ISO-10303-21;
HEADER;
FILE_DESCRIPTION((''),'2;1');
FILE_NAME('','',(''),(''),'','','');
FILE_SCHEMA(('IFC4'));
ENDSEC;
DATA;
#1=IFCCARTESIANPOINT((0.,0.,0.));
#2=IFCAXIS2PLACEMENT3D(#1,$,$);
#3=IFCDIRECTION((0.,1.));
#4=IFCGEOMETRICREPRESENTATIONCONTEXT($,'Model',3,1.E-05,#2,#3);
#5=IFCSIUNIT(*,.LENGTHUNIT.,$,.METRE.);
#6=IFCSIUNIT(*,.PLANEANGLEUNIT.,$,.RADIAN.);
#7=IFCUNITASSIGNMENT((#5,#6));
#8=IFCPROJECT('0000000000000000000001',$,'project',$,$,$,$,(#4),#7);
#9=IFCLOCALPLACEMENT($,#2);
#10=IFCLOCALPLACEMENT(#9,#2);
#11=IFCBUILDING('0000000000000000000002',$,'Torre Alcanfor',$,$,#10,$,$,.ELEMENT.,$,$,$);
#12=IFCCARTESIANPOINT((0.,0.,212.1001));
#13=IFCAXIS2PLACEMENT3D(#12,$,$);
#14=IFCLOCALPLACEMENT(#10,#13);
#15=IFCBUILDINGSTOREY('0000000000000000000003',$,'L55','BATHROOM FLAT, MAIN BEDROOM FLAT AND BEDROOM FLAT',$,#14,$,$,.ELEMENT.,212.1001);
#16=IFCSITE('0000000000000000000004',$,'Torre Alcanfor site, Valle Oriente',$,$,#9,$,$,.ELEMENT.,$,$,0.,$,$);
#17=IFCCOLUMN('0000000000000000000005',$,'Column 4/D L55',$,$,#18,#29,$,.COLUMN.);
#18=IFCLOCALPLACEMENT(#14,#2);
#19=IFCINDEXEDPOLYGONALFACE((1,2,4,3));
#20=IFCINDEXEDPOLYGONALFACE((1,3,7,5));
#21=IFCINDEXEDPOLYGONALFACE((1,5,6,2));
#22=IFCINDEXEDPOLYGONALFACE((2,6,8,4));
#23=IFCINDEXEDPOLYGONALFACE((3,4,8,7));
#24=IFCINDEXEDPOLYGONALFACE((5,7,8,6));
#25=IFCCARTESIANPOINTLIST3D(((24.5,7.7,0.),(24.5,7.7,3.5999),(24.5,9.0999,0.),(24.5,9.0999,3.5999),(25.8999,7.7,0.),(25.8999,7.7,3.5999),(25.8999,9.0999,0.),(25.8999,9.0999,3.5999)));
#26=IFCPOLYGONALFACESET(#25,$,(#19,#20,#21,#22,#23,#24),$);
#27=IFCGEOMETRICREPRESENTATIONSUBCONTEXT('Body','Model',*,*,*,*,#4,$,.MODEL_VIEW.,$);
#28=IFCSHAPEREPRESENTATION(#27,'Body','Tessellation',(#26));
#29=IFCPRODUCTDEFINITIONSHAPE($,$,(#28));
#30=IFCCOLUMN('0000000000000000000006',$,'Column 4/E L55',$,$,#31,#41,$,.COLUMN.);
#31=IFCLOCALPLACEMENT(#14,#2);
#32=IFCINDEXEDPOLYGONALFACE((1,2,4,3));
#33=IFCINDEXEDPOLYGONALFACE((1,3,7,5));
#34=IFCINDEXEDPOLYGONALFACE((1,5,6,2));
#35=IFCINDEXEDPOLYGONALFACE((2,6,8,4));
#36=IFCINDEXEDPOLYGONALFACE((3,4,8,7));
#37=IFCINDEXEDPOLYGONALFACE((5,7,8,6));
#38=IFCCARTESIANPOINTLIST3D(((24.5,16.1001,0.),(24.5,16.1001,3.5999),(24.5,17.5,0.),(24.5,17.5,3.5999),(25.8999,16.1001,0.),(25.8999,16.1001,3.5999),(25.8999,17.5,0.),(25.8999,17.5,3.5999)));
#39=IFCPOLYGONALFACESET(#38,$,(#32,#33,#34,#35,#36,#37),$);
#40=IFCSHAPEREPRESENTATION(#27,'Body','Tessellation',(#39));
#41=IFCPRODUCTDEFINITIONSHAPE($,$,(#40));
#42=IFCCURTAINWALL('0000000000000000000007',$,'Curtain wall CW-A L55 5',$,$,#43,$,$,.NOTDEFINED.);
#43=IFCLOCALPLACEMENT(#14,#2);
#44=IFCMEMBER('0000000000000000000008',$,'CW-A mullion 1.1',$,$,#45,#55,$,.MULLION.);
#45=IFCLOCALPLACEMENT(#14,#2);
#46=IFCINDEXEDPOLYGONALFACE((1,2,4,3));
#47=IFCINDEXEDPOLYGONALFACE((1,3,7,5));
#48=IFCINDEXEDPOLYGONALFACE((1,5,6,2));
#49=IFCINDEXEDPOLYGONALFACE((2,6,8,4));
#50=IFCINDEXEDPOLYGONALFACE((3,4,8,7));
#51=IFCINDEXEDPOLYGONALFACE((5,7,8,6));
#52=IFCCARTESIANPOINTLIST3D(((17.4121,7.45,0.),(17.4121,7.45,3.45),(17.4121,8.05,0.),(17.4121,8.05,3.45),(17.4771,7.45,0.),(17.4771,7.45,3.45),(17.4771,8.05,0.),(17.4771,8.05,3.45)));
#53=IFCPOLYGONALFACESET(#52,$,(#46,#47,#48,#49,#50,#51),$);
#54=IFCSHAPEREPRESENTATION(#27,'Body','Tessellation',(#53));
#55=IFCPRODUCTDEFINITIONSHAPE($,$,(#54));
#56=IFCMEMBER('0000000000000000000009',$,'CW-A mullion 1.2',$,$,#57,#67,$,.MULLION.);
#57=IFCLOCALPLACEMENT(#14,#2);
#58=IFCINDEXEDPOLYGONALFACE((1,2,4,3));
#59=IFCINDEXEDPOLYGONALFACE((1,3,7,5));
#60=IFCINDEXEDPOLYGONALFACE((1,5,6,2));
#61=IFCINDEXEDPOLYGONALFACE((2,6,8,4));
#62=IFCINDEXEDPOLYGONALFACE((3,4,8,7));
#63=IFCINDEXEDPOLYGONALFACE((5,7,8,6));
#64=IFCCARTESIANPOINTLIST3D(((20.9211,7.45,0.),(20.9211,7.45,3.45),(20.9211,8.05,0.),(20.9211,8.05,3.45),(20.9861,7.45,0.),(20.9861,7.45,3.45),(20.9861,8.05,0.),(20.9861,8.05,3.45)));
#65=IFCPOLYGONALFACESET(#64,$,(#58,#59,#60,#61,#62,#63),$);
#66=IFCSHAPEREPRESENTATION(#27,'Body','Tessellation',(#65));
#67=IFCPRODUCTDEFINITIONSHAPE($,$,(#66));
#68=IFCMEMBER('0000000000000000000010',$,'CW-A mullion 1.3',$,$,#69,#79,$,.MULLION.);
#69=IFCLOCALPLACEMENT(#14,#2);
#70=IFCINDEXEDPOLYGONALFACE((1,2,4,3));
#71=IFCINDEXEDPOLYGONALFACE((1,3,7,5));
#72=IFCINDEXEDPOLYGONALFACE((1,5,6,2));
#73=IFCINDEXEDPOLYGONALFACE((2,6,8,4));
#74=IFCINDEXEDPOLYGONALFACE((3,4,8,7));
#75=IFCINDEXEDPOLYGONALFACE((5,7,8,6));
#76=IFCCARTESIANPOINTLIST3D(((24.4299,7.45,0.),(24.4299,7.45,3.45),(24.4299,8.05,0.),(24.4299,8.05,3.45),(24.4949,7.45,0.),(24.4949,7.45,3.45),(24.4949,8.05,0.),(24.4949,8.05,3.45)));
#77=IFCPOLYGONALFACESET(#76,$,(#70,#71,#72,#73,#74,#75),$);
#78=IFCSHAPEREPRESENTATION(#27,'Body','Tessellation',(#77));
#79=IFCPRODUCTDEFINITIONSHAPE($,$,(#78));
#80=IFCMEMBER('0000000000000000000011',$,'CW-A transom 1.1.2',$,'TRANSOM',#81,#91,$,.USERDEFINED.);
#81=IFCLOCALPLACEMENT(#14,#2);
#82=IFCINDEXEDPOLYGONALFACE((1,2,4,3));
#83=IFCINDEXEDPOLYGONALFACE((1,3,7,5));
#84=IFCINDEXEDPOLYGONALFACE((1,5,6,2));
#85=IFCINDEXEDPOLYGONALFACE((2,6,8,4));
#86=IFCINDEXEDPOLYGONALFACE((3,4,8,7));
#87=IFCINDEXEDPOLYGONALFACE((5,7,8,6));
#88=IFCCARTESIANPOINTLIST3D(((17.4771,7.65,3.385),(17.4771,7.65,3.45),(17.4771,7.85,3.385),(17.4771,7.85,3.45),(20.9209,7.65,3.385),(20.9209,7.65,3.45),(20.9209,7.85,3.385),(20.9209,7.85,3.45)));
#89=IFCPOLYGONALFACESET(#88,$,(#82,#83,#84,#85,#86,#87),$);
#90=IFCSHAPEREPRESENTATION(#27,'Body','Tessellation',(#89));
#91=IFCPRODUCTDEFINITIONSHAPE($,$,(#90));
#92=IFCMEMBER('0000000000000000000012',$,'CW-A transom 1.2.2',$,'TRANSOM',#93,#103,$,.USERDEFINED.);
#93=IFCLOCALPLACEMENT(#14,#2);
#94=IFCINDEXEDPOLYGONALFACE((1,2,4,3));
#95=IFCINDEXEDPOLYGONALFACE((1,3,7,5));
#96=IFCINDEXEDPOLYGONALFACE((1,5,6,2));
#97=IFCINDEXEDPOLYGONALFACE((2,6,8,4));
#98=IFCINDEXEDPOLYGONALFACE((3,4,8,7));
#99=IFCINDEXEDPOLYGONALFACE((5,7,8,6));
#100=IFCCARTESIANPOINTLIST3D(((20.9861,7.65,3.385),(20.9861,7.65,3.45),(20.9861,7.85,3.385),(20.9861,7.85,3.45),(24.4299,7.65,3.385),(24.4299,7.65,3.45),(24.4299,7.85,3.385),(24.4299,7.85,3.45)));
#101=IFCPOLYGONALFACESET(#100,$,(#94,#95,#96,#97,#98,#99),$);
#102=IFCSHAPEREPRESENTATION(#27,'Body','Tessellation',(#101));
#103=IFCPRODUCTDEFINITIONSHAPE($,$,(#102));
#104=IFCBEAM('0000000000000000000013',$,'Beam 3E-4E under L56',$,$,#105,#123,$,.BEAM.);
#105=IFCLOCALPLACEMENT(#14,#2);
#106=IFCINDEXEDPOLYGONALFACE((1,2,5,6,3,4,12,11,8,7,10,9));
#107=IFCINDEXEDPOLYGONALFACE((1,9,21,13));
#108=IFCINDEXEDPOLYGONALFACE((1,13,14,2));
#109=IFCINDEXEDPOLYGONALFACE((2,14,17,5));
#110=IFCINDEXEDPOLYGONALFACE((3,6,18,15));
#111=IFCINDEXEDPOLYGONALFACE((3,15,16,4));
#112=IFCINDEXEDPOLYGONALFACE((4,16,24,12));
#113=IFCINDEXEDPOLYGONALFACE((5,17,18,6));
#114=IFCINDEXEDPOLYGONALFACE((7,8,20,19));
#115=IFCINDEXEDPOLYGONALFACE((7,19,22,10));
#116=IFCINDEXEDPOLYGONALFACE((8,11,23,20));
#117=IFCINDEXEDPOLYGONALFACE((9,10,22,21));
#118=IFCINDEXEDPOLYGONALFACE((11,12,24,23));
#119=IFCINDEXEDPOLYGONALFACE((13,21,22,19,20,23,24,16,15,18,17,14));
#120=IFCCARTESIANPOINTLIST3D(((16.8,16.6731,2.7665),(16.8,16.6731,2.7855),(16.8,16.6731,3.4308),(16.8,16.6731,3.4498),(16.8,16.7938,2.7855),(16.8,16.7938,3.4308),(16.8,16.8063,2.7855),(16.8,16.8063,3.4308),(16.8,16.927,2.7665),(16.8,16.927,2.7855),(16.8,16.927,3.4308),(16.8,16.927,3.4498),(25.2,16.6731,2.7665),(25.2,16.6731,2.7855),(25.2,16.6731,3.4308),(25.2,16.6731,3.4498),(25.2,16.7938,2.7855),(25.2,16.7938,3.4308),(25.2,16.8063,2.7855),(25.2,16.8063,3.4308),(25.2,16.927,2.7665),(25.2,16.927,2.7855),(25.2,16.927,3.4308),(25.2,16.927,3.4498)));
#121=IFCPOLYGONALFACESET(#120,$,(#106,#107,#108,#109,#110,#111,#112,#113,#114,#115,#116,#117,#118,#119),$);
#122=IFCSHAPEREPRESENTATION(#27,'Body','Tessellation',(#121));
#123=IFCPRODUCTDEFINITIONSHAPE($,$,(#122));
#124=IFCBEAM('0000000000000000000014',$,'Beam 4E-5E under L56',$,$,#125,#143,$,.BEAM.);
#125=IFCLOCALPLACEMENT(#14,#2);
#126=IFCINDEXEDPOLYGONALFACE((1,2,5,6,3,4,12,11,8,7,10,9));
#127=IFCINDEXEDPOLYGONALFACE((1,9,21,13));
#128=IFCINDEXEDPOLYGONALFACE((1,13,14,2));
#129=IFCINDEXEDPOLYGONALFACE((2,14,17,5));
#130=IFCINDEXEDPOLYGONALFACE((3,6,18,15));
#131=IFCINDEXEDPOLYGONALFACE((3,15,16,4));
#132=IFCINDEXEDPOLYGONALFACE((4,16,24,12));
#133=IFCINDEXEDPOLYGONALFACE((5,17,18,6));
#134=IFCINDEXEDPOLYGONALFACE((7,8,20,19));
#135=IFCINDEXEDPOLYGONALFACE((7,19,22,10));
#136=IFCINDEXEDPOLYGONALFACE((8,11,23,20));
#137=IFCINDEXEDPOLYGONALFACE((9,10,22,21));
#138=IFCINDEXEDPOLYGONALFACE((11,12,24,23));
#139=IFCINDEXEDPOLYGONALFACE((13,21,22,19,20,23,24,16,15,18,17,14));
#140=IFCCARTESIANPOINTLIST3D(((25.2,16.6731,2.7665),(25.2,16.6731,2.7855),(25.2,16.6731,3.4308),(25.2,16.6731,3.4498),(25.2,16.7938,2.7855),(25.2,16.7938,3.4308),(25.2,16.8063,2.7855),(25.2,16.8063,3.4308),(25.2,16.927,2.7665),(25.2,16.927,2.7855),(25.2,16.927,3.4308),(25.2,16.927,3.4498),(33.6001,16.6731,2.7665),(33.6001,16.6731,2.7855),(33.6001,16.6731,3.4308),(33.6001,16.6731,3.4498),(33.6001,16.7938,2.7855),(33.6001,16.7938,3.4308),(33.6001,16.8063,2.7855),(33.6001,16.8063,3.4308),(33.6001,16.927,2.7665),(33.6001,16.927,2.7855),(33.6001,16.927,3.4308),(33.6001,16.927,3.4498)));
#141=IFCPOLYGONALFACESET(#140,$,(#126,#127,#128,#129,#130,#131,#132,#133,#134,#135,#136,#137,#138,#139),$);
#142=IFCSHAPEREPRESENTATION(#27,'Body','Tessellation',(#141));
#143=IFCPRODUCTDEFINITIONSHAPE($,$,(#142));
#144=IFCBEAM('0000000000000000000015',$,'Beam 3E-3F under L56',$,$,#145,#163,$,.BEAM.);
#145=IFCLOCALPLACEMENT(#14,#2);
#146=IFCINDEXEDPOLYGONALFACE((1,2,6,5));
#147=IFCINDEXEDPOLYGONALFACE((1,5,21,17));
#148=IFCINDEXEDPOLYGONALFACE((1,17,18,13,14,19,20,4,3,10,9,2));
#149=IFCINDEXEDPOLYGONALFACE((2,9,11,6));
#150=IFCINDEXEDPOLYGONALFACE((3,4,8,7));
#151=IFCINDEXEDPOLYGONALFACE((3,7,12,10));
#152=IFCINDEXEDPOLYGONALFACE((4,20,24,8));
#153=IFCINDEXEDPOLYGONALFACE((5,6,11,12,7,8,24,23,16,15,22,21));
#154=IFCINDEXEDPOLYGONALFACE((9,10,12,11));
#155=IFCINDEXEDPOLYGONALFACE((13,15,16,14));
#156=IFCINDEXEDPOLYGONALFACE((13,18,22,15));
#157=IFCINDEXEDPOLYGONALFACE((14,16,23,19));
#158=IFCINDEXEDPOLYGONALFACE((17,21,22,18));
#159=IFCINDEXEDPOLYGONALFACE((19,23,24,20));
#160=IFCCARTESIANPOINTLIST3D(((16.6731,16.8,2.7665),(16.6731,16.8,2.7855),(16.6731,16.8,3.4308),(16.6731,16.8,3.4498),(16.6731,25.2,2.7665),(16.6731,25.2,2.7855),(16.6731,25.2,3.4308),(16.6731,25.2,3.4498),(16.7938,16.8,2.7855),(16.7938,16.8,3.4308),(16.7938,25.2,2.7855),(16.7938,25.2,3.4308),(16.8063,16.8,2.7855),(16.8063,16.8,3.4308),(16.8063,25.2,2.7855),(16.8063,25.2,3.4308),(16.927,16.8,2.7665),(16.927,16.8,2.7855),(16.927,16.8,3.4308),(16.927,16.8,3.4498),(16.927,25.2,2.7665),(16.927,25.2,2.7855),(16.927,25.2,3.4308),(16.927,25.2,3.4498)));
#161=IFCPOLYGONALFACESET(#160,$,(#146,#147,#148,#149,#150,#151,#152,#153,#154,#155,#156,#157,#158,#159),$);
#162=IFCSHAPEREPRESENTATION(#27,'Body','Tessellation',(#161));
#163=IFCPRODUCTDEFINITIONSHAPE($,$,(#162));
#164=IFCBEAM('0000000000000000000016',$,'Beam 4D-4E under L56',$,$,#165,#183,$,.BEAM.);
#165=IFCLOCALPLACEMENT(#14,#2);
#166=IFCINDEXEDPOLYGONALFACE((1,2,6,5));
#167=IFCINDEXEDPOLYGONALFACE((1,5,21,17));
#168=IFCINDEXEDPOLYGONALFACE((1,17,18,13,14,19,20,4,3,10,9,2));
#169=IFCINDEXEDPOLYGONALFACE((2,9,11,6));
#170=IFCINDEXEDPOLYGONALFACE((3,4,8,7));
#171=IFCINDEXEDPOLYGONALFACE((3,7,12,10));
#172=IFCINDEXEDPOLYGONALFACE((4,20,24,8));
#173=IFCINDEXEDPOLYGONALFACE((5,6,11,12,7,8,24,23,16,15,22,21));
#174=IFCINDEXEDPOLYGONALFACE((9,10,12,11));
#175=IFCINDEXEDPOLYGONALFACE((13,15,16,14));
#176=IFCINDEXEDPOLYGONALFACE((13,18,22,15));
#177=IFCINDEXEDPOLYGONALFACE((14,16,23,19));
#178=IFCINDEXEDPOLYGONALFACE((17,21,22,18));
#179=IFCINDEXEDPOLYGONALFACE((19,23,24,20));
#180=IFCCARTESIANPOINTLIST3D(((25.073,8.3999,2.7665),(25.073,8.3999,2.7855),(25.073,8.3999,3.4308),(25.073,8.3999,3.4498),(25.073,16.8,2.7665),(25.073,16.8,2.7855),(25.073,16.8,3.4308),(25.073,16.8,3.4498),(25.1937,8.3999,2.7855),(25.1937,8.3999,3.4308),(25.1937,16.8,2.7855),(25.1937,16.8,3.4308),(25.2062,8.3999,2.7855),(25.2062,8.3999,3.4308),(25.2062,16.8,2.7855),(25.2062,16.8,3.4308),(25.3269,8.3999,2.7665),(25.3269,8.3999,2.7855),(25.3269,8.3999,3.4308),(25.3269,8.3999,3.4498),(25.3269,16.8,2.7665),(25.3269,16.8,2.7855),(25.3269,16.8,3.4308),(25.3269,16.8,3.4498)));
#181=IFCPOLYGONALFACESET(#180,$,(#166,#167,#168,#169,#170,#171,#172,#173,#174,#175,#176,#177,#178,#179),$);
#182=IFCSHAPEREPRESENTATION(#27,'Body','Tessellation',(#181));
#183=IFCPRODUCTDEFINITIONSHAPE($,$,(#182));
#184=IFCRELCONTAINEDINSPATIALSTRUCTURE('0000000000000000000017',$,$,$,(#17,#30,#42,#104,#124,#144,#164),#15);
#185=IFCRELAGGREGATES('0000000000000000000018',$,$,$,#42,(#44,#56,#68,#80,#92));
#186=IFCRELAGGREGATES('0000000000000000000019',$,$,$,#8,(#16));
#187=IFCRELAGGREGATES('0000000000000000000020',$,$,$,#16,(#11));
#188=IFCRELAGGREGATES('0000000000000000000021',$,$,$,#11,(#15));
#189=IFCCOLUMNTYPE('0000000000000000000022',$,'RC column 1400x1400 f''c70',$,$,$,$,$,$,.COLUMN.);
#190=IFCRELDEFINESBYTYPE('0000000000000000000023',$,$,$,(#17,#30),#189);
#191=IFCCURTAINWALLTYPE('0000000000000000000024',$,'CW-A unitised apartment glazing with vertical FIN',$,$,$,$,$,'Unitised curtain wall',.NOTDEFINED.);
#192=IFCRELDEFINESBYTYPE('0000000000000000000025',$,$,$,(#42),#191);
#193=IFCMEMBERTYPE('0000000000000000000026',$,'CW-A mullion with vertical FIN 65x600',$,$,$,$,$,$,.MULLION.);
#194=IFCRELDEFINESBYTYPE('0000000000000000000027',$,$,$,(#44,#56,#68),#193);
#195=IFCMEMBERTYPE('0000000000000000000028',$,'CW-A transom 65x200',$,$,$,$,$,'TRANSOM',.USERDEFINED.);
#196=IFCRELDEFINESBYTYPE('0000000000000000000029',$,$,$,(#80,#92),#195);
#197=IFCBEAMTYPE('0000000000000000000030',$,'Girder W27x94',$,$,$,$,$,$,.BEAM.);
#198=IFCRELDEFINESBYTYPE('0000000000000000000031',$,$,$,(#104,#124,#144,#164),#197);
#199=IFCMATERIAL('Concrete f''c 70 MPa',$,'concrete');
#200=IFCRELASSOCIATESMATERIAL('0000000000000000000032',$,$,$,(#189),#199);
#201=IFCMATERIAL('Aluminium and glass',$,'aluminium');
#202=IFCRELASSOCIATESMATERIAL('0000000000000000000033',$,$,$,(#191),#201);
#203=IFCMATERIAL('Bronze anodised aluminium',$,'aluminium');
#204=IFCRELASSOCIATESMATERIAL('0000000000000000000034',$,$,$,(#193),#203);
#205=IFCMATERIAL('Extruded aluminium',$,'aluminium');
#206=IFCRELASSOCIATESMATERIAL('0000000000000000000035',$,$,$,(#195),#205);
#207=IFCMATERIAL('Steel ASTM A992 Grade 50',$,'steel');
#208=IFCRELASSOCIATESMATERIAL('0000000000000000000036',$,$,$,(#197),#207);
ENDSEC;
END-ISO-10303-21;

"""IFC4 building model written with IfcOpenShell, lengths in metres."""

from ifc_helpers import new_model, si_unit, direction, frame, origin, origin_2d, place, context, subcontext, project, spatial, rectangle, i_section, extrude, material, material_profile, profile_set, type_object, element, aggregate, save


model = new_model("IFC4")

# Units and contexts
model_context = context("Model", 3, precision=1e-05, world=origin(), true_north=direction((0.0, 1.0)))
body_context = subcontext(model_context, "Body", "Model", "MODEL_VIEW")
ifc_project = project(units=[si_unit("LENGTHUNIT", "METRE"), si_unit("PLANEANGLEUNIT", "RADIAN")], contexts=[model_context])

# Site, building, storey
site_placement = place(None, origin())
site = spatial("IfcSite", under=ifc_project, at=site_placement, Name="Torre Alcanfor site, Valle Oriente", CompositionType="ELEMENT", RefElevation=0.0)
building_placement = place(site_placement, origin())
building = spatial("IfcBuilding", under=site, at=building_placement, Name="Torre Alcanfor", CompositionType="ELEMENT")
storey_placement = place(building_placement, frame((0.0, 0.0, 212.1001)))
storey = spatial("IfcBuildingStorey", under=building, at=storey_placement, Name="L55", Description="BATHROOM FLAT, MAIN BEDROOM FLAT AND BEDROOM FLAT", CompositionType="ELEMENT", Elevation=212.1001)

# Columns
ifc_material_1 = material(Name="Concrete f'c 70 MPa", Category="concrete")
ifc_material_profile_1 = material_profile(ifc_material_1, rectangle(XDim=1.3999, YDim=1.3999, at=origin_2d()), Name="1400x1400")
ifc_profile_set_1 = profile_set([ifc_material_profile_1], Name="Concrete f'c 70 MPa")
column_type = type_object("IfcColumnType", Name="RC column 1400x1400 f'c70", PredefinedType="COLUMN", material=ifc_profile_set_1)
for number, where, z_axis, x_axis, name in (
    (1, (25.2, 8.3999, 0.0), (0.0, 0.0, 1.0), (1.0, 0.0, 0.0), "Column 4/D L55"),
    (2, (25.2, 16.8, 0.0), (0.0, 0.0, 1.0), (1.0, 0.0, 0.0), "Column 4/E L55"),
):
    element("IfcColumn", number, at=place(storey_placement, frame(where, z_axis=z_axis, x_axis=x_axis)), inside=storey, type_object=column_type, Name=name, PredefinedType="COLUMN", context=body_context, shape_type="SweptSolid", body=[
        extrude(rectangle(XDim=1.3999, YDim=1.3999, at=origin_2d()), origin(), (0.0, 0.0, 1.0), 3.5999),
    ])

# Curtain wall, members
ifc_material_2 = material(Name="Aluminium and glass", Category="aluminium")
curtain_wall_type = type_object("IfcCurtainWallType", Name="CW-A unitised apartment glazing with vertical FIN", ElementType="Unitised curtain wall", PredefinedType="NOTDEFINED", material=ifc_material_2)
curtain_wall_placement = place(storey_placement, origin())
curtain_wall = element("IfcCurtainWall", 3, at=curtain_wall_placement, inside=storey, type_object=curtain_wall_type, Name="Curtain wall CW-A L55 5", PredefinedType="NOTDEFINED")
ifc_material_3 = material(Name="Bronze anodised aluminium", Category="aluminium")
ifc_material_profile_2 = material_profile(ifc_material_3, rectangle(XDim=0.6001, YDim=0.0649, at=origin_2d()), Name="CW-A mullion 65x600")
ifc_profile_set_2 = profile_set([ifc_material_profile_2], Name="Bronze anodised aluminium")
member_type_1 = type_object("IfcMemberType", Name="CW-A mullion with vertical FIN 65x600", PredefinedType="MULLION", material=ifc_profile_set_2)
member_1_placement = place(storey_placement, frame((17.4446, 7.75, 0.0), z_axis=(0.0, 0.0, 1.0), x_axis=(0.0, 1.0, 0.0)))
member_1 = element("IfcMember", 4, at=member_1_placement, type_object=member_type_1, Name="CW-A mullion 1.1", PredefinedType="MULLION", context=body_context, shape_type="SweptSolid", body=[
    extrude(rectangle(XDim=0.6001, YDim=0.0649, at=origin_2d()), origin(), (0.0, 0.0, 1.0), 3.45),
])
member_2_placement = place(storey_placement, frame((20.9536, 7.75, 0.0), z_axis=(0.0, 0.0, 1.0), x_axis=(0.0, 1.0, 0.0)))
member_2 = element("IfcMember", 5, at=member_2_placement, type_object=member_type_1, Name="CW-A mullion 1.2", PredefinedType="MULLION", context=body_context, shape_type="SweptSolid", body=[
    extrude(rectangle(XDim=0.6001, YDim=0.0649, at=origin_2d()), origin(), (0.0, 0.0, 1.0), 3.45),
])
member_3_placement = place(storey_placement, frame((24.4624, 7.75, 0.0), z_axis=(0.0, 0.0, 1.0), x_axis=(0.0, 1.0, 0.0)))
member_3 = element("IfcMember", 6, at=member_3_placement, type_object=member_type_1, Name="CW-A mullion 1.3", PredefinedType="MULLION", context=body_context, shape_type="SweptSolid", body=[
    extrude(rectangle(XDim=0.6001, YDim=0.0649, at=origin_2d()), origin(), (0.0, 0.0, 1.0), 3.45),
])
ifc_material_4 = material(Name="Extruded aluminium", Category="aluminium")
ifc_material_profile_3 = material_profile(ifc_material_4, rectangle(XDim=0.2, YDim=0.0649, at=origin_2d()), Name="CW-A transom 200x65")
ifc_profile_set_3 = profile_set([ifc_material_profile_3], Name="Extruded aluminium")
member_type_2 = type_object("IfcMemberType", Name="CW-A transom 65x200", ElementType="TRANSOM", PredefinedType="USERDEFINED", material=ifc_profile_set_3)
member_4_placement = place(storey_placement, frame((17.4771, 7.75, 3.4175), z_axis=(1.0, 0.0, 0.0), x_axis=(0.0, 1.0, 0.0)))
member_4 = element("IfcMember", 7, at=member_4_placement, type_object=member_type_2, Name="CW-A transom 1.1.2", ObjectType="TRANSOM", PredefinedType="USERDEFINED", context=body_context, shape_type="SweptSolid", body=[
    extrude(rectangle(XDim=0.2, YDim=0.0649, at=origin_2d()), origin(), (0.0, 0.0, 1.0), 3.4438),
])
member_5_placement = place(storey_placement, frame((20.9861, 7.75, 3.4175), z_axis=(1.0, 0.0, 0.0), x_axis=(0.0, 1.0, 0.0)))
member_5 = element("IfcMember", 8, at=member_5_placement, type_object=member_type_2, Name="CW-A transom 1.2.2", ObjectType="TRANSOM", PredefinedType="USERDEFINED", context=body_context, shape_type="SweptSolid", body=[
    extrude(rectangle(XDim=0.2, YDim=0.0649, at=origin_2d()), origin(), (0.0, 0.0, 1.0), 3.4438),
])

# Beams
ifc_material_5 = material(Name="Steel ASTM A992 Grade 50", Category="steel")
ifc_material_profile_4 = material_profile(ifc_material_5, i_section(OverallWidth=0.2539, OverallDepth=0.6833, WebThickness=0.0125, FlangeThickness=0.019, at=origin_2d()), Name="W27x94")
ifc_profile_set_4 = profile_set([ifc_material_profile_4], Name="Steel ASTM A992 Grade 50")
beam_type_1 = type_object("IfcBeamType", Name="Girder W27x94", PredefinedType="BEAM", material=ifc_profile_set_4)
beam_1_placement = place(storey_placement, frame((16.8, 16.8, 3.1082), z_axis=(1.0, 0.0, 0.0), x_axis=(0.0, 1.0, 0.0)))
element("IfcBeam", 9, at=beam_1_placement, inside=storey, type_object=beam_type_1, Name="Beam 3E-4E under L56", PredefinedType="BEAM", context=body_context, shape_type="SweptSolid", body=[
    extrude(i_section(OverallWidth=0.2539, OverallDepth=0.6833, WebThickness=0.0125, FlangeThickness=0.019, at=origin_2d()), origin(), (0.0, 0.0, 1.0), 8.3999),
])
beam_2_placement = place(storey_placement, frame((25.2, 16.8, 3.1082), z_axis=(1.0, 0.0, 0.0), x_axis=(0.0, 1.0, 0.0)))
element("IfcBeam", 10, at=beam_2_placement, inside=storey, type_object=beam_type_1, Name="Beam 4E-5E under L56", PredefinedType="BEAM", context=body_context, shape_type="SweptSolid", body=[
    extrude(i_section(OverallWidth=0.2539, OverallDepth=0.6833, WebThickness=0.0125, FlangeThickness=0.019, at=origin_2d()), origin(), (0.0, 0.0, 1.0), 8.4001),
])
beam_3_placement = place(storey_placement, frame((16.8, 16.8, 3.1082), z_axis=(0.0, 1.0, 0.0), x_axis=(-1.0, 0.0, 0.0)))
element("IfcBeam", 11, at=beam_3_placement, inside=storey, type_object=beam_type_1, Name="Beam 3E-3F under L56", PredefinedType="BEAM", context=body_context, shape_type="SweptSolid", body=[
    extrude(i_section(OverallWidth=0.2539, OverallDepth=0.6833, WebThickness=0.0125, FlangeThickness=0.019, at=origin_2d()), origin(), (0.0, 0.0, 1.0), 8.3999),
])
beam_4_placement = place(storey_placement, frame((25.2, 8.3999, 3.1082), z_axis=(0.0, 1.0, 0.0), x_axis=(-1.0, 0.0, 0.0)))
element("IfcBeam", 12, at=beam_4_placement, inside=storey, type_object=beam_type_1, Name="Beam 4D-4E under L56", PredefinedType="BEAM", context=body_context, shape_type="SweptSolid", body=[
    extrude(i_section(OverallWidth=0.2539, OverallDepth=0.6833, WebThickness=0.0125, FlangeThickness=0.019, at=origin_2d()), origin(), (0.0, 0.0, 1.0), 8.4001),
])

aggregate(curtain_wall, [member_1, member_2, member_3, member_4, member_5])

save(model, "model.ifc")
